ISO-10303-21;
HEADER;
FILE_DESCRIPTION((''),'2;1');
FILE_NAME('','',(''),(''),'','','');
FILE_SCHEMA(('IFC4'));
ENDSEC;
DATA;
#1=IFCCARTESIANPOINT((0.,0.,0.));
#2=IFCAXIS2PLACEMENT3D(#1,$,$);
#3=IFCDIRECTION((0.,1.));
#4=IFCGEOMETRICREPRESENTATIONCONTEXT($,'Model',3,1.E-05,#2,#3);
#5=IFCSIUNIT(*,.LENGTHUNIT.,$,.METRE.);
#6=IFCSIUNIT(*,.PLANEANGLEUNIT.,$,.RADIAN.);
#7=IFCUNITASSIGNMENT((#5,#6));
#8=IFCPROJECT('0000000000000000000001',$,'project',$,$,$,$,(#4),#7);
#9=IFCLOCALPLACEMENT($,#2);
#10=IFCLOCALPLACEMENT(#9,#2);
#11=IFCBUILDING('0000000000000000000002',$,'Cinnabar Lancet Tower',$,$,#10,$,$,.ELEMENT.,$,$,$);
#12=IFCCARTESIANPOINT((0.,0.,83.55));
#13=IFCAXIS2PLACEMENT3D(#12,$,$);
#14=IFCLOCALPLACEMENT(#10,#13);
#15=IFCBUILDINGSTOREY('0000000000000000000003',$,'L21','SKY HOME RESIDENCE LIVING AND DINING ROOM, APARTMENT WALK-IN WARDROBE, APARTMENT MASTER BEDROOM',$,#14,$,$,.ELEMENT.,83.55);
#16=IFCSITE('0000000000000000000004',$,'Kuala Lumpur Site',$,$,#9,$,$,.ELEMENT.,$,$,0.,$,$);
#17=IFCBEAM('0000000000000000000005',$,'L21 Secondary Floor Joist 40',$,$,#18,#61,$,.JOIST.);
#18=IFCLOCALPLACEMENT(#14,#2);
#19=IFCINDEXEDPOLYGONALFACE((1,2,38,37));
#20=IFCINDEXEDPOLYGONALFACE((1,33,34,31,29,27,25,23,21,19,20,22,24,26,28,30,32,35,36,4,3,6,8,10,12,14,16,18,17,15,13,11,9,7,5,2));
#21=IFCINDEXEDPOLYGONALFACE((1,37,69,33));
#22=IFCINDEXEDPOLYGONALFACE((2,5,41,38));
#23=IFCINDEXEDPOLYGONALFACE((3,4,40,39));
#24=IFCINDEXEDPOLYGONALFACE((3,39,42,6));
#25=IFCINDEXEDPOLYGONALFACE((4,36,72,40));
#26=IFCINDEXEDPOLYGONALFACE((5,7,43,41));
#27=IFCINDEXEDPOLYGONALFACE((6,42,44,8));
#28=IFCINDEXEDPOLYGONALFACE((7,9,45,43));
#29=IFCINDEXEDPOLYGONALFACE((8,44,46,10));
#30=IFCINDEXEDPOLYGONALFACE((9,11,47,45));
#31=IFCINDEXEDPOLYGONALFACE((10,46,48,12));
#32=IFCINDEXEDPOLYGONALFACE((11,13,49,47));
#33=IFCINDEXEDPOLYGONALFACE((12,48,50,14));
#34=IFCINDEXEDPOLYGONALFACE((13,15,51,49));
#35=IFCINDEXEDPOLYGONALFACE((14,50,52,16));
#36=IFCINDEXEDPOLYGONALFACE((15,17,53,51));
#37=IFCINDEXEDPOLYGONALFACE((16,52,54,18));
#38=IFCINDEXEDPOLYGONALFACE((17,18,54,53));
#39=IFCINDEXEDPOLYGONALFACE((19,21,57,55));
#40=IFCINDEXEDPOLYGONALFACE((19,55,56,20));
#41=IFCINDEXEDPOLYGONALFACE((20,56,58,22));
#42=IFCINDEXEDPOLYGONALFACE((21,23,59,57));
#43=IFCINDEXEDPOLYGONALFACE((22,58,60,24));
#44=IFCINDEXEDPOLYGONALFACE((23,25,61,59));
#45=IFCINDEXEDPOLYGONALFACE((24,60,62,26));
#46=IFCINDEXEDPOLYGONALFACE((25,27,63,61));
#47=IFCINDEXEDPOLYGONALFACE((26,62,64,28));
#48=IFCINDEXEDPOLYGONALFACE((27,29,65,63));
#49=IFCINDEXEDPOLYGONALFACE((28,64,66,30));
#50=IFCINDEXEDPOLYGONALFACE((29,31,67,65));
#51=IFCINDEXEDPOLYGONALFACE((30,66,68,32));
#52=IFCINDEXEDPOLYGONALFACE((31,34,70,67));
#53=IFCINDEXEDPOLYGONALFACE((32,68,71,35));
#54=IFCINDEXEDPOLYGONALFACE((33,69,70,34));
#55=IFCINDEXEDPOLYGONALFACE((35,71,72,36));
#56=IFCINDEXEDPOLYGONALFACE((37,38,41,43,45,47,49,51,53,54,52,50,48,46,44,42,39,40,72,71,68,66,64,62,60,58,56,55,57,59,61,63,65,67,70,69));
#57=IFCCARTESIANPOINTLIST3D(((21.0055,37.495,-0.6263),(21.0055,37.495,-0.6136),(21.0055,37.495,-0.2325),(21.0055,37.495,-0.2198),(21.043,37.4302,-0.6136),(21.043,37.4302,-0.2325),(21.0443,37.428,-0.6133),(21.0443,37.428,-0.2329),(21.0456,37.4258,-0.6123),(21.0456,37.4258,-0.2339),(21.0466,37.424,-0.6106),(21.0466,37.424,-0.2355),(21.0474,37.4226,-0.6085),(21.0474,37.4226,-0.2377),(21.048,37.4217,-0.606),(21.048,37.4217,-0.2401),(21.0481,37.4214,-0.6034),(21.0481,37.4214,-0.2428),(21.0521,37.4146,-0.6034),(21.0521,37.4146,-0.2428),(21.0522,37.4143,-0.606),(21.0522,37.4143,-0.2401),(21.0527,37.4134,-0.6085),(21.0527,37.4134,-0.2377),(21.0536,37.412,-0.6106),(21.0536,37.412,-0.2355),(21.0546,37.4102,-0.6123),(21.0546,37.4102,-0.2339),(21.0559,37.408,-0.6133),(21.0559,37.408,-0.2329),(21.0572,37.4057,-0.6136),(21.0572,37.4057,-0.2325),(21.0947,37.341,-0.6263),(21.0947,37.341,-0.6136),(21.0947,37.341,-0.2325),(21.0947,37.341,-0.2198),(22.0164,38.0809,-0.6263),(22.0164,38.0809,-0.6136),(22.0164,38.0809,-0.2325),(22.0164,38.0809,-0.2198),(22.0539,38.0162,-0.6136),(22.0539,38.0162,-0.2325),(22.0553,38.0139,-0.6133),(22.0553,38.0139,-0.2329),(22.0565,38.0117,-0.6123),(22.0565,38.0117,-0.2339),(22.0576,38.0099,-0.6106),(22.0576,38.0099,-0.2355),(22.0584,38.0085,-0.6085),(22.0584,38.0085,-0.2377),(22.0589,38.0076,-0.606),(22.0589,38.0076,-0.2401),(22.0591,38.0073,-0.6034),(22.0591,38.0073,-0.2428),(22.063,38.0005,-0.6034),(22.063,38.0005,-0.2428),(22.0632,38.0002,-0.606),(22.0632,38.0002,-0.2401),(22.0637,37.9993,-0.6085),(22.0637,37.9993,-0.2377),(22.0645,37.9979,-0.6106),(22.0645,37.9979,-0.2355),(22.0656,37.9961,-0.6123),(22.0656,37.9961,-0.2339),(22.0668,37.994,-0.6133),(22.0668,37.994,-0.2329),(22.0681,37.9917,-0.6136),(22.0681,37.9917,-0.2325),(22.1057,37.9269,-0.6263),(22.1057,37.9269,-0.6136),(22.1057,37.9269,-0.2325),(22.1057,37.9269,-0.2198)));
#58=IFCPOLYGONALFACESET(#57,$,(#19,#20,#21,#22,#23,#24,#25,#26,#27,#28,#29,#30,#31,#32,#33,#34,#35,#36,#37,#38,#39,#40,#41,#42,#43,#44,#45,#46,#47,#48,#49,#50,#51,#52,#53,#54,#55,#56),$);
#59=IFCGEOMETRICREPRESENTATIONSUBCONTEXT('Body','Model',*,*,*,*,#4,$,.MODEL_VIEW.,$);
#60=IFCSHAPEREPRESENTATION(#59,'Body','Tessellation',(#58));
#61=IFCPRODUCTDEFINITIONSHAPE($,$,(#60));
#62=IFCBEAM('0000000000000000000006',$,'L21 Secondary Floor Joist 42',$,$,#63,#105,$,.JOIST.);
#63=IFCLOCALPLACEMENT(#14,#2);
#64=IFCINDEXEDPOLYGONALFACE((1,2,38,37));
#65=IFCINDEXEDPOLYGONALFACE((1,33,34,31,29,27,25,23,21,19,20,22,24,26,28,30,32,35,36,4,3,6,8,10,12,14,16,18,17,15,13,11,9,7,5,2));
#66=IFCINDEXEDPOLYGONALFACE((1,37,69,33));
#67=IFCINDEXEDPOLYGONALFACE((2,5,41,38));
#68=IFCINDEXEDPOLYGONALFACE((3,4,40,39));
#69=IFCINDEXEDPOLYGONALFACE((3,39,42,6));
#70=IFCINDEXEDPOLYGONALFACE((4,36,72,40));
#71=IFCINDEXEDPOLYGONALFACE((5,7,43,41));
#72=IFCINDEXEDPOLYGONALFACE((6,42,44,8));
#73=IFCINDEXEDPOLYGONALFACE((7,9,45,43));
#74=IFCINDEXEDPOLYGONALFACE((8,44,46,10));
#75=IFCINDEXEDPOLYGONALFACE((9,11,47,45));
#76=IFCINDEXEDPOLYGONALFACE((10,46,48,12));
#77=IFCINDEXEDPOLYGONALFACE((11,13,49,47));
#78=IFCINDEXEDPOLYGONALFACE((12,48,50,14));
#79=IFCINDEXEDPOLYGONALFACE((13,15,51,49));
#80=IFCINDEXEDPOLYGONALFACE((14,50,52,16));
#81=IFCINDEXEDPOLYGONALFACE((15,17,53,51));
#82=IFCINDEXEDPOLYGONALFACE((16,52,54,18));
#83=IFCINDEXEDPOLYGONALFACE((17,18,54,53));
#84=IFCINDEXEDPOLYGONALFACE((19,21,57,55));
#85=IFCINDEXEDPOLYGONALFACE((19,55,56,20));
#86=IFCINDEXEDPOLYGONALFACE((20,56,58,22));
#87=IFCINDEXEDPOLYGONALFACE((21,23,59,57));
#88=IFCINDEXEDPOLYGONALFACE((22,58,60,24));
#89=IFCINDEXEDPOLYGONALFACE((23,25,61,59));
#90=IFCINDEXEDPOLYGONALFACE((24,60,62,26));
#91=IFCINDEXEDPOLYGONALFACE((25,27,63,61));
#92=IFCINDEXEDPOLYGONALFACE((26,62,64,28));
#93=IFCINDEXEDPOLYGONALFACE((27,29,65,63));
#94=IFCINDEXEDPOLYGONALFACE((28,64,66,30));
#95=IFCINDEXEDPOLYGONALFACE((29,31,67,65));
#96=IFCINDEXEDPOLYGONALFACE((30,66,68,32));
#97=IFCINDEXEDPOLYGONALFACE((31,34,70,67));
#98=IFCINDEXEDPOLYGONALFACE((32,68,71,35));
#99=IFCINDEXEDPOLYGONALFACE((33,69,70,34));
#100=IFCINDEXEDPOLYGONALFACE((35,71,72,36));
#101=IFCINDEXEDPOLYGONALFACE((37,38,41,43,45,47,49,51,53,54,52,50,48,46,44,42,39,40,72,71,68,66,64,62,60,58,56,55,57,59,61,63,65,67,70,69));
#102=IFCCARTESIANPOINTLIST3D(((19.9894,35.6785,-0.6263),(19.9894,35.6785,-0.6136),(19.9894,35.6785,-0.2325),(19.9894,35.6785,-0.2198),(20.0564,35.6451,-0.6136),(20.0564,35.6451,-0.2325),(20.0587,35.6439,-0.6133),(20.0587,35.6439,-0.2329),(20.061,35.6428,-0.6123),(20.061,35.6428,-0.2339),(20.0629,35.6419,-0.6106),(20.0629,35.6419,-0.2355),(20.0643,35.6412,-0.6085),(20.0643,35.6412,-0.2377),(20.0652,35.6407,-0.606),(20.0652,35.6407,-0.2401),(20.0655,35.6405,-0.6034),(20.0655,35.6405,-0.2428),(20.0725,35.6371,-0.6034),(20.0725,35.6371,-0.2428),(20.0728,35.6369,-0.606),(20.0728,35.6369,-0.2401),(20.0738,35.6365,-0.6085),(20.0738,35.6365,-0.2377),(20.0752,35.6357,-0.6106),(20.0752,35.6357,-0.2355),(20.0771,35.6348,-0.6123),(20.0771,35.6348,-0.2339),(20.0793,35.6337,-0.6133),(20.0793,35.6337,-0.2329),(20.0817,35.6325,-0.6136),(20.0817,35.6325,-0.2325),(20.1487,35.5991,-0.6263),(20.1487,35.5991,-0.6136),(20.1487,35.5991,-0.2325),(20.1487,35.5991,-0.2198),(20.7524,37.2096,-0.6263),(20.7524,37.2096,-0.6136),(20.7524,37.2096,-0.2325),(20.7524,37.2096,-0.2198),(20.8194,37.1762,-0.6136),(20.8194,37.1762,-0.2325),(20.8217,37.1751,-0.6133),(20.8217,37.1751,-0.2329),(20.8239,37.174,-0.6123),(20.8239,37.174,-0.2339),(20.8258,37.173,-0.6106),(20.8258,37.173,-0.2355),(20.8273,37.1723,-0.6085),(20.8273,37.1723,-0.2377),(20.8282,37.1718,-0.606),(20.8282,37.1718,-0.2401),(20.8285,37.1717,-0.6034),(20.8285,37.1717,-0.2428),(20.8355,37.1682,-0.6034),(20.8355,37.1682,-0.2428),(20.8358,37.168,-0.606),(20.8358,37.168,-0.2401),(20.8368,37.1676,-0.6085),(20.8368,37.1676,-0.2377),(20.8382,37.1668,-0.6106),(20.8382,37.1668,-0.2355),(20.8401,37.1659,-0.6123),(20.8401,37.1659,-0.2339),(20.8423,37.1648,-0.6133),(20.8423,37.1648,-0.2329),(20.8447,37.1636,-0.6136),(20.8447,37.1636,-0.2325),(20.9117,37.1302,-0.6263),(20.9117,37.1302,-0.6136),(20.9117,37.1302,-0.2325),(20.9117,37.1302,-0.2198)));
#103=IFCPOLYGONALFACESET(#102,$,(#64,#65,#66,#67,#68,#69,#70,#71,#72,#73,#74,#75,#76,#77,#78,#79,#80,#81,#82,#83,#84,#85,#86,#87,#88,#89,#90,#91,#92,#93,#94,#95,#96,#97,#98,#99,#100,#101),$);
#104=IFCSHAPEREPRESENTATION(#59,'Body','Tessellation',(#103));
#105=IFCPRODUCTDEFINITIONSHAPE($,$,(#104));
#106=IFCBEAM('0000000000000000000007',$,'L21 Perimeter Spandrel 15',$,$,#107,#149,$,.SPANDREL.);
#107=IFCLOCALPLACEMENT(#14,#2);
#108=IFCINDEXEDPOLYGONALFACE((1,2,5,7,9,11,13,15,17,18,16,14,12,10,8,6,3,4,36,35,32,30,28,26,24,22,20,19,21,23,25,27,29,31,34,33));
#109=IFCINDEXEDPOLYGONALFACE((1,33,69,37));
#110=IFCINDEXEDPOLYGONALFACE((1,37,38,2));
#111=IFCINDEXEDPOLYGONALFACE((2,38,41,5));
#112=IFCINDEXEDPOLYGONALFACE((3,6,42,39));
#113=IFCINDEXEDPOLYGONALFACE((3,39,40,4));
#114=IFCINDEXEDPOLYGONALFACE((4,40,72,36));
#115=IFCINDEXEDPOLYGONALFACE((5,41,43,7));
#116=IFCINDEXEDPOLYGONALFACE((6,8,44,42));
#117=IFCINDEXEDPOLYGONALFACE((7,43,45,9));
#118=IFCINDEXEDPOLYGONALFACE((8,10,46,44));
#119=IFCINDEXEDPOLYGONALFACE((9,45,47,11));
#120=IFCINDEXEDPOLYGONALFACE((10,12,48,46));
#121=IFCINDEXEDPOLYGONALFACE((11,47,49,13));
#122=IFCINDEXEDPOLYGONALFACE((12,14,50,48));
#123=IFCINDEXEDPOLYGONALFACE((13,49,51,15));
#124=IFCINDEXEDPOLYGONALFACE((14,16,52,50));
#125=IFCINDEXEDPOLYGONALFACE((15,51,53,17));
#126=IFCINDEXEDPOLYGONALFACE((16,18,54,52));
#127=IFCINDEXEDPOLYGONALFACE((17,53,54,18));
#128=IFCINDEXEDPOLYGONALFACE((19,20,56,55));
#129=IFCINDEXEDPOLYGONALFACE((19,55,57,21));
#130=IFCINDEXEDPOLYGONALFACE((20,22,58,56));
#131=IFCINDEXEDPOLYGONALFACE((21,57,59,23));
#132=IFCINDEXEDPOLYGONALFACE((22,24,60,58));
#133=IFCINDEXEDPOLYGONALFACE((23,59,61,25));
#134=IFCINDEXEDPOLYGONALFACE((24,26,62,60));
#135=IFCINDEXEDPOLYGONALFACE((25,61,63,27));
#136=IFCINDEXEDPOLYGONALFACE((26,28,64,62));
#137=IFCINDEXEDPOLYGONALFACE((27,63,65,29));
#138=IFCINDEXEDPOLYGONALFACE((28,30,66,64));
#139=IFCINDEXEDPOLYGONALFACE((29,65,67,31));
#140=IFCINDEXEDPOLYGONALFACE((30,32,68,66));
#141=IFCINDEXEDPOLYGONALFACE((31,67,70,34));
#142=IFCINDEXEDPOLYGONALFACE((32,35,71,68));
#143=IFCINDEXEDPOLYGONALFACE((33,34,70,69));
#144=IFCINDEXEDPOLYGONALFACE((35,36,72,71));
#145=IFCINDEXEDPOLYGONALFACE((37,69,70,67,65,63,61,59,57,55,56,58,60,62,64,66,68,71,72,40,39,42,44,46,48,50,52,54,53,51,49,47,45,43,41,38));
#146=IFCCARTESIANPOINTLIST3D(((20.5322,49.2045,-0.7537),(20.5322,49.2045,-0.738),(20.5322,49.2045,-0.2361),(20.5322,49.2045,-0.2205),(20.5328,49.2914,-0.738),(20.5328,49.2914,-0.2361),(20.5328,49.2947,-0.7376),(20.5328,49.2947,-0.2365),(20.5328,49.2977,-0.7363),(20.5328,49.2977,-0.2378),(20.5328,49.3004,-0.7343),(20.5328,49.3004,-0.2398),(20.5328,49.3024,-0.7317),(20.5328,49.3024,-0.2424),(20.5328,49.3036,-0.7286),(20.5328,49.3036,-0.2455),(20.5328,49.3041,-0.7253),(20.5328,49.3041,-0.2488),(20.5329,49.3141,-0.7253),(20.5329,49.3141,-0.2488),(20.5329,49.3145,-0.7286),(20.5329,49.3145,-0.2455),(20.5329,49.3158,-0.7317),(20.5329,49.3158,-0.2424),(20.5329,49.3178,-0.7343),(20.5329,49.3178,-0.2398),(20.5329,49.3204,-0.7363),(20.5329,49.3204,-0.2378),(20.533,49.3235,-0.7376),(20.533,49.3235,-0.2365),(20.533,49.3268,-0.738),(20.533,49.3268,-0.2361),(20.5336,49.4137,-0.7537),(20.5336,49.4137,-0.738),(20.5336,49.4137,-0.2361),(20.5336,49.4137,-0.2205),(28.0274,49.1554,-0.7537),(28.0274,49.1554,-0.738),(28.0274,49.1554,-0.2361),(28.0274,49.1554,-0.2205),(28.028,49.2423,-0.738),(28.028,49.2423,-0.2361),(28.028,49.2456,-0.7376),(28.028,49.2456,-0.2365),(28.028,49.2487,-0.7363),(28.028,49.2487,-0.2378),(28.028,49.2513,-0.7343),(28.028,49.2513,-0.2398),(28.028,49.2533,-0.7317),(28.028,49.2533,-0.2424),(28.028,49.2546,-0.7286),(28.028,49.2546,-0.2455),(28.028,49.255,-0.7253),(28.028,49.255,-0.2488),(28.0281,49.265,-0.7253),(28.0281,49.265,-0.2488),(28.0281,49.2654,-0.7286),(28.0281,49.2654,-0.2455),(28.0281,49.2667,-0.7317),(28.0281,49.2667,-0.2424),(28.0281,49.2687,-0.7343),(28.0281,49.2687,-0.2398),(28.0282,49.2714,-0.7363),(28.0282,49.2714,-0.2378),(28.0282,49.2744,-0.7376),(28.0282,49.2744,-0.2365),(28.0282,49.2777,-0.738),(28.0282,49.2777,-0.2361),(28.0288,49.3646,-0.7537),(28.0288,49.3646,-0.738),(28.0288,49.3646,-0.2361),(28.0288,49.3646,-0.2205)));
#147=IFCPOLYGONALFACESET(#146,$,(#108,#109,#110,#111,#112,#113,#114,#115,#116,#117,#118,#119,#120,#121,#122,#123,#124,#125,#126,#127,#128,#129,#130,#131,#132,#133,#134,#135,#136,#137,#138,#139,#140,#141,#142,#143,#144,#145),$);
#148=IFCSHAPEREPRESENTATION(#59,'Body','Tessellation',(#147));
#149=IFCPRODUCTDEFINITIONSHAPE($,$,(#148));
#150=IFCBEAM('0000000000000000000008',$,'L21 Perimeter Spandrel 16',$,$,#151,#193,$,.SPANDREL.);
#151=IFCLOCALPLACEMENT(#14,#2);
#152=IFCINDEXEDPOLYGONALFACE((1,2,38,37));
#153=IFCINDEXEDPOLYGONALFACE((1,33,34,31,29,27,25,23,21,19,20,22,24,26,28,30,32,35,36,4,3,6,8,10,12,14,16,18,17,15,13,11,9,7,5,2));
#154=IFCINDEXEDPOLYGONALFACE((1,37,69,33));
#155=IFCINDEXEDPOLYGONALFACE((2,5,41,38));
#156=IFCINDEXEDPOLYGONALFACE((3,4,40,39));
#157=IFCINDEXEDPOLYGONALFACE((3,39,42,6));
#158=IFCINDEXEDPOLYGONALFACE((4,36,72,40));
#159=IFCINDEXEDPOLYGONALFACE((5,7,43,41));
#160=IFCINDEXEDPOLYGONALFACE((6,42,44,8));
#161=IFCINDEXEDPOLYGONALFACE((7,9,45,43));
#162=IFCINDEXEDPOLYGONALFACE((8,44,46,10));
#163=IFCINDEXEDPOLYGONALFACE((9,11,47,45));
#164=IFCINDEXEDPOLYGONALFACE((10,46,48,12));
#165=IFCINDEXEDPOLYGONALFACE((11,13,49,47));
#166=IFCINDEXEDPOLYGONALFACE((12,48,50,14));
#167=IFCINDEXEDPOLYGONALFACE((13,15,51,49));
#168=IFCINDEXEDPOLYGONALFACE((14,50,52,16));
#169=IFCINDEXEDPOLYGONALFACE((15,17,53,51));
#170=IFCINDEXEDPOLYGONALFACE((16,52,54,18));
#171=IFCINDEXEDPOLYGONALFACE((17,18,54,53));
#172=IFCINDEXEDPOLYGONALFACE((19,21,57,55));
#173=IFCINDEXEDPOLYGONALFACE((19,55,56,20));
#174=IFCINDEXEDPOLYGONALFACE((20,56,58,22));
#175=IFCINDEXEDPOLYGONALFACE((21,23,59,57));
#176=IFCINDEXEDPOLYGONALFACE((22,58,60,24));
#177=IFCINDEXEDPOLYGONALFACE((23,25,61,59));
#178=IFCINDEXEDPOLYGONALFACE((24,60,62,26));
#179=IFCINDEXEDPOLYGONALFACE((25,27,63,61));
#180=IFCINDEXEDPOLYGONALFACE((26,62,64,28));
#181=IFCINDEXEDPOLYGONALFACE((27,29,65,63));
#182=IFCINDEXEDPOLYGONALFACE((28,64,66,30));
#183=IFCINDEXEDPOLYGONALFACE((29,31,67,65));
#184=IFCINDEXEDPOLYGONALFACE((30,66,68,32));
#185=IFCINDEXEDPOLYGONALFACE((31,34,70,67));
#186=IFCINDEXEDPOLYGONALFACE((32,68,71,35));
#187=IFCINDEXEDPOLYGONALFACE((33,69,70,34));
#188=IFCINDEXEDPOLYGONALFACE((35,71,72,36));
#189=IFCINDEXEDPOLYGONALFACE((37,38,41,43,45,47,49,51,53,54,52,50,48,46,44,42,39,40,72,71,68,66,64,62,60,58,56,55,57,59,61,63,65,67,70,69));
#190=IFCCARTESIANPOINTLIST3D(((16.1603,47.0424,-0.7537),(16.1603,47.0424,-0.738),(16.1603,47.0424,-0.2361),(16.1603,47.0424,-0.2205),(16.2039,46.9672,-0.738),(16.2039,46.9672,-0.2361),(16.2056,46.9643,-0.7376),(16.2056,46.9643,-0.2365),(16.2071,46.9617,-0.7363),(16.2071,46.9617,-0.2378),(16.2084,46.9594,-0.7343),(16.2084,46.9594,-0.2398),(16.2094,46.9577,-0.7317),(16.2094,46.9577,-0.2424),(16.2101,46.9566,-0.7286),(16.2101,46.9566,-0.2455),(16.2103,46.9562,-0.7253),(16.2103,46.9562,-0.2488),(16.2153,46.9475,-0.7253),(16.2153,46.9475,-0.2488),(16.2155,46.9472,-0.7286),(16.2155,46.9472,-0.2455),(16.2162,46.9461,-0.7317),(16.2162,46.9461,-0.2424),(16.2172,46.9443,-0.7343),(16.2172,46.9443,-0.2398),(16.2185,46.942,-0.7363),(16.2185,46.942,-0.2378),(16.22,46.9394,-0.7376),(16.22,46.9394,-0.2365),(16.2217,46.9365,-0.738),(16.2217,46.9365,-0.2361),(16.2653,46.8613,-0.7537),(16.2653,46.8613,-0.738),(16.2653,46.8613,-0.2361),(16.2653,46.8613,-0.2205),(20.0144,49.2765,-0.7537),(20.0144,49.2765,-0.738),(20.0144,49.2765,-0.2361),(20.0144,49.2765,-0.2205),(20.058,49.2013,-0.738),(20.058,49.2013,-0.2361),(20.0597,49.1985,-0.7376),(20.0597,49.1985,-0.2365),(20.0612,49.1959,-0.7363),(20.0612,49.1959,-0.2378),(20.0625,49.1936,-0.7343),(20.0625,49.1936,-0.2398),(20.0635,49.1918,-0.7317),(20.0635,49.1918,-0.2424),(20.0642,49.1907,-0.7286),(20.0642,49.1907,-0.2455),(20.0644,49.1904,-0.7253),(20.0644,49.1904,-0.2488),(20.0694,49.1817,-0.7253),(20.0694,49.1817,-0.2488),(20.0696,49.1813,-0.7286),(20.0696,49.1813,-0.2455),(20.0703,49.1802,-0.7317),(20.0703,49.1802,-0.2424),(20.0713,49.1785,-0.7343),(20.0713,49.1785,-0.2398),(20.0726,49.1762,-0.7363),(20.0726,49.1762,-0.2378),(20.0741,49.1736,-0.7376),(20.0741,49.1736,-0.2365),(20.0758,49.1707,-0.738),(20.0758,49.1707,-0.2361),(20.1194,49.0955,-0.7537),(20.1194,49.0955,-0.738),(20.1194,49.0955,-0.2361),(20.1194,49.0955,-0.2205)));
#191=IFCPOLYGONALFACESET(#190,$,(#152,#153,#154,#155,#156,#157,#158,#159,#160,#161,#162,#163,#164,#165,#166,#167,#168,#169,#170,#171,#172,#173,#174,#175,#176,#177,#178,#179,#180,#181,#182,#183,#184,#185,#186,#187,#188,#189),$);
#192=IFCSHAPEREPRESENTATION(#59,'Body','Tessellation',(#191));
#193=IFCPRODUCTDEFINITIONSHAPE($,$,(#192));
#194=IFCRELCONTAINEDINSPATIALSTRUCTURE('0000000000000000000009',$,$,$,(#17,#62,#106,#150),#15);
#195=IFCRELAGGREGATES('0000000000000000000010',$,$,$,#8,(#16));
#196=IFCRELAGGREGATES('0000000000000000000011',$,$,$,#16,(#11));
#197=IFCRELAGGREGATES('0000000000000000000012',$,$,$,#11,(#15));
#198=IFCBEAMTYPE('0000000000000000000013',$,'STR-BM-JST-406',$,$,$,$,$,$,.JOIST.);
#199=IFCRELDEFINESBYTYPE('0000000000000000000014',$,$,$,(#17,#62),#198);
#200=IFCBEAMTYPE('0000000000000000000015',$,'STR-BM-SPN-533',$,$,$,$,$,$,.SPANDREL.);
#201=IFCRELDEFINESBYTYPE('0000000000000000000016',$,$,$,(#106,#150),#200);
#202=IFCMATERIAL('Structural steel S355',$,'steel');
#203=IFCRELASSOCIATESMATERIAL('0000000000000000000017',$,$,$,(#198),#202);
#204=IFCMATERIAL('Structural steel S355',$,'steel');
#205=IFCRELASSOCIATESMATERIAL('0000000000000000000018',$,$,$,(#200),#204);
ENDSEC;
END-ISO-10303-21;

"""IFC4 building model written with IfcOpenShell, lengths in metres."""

from ifc_helpers import new_model, si_unit, direction, frame, origin, origin_2d, place, context, subcontext, project, spatial, i_section, extrude, material, material_profile, profile_set, type_object, element, save


model = new_model("IFC4")

# Units and contexts
model_context = context("Model", 3, precision=1e-05, world=origin(), true_north=direction((0.0, 1.0)))
body_context = subcontext(model_context, "Body", "Model", "MODEL_VIEW")
ifc_project = project(units=[si_unit("LENGTHUNIT", "METRE"), si_unit("PLANEANGLEUNIT", "RADIAN")], contexts=[model_context])

# Site, building, storey
site_placement = place(None, origin())
site = spatial("IfcSite", under=ifc_project, at=site_placement, Name="Kuala Lumpur Site", CompositionType="ELEMENT", RefElevation=0.0)
building_placement = place(site_placement, origin())
building = spatial("IfcBuilding", under=site, at=building_placement, Name="Cinnabar Lancet Tower", CompositionType="ELEMENT")
storey_placement = place(building_placement, frame((0.0, 0.0, 83.55)))
storey = spatial("IfcBuildingStorey", under=building, at=storey_placement, Name="L21", Description="SKY HOME RESIDENCE LIVING AND DINING ROOM, APARTMENT WALK-IN WARDROBE, APARTMENT MASTER BEDROOM", CompositionType="ELEMENT", Elevation=83.55)

# Beams
ifc_material_1 = material(Name="Structural steel S355", Category="steel")
ifc_material_profile_1 = material_profile(ifc_material_1, i_section(OverallWidth=0.178, OverallDepth=0.4065, WebThickness=0.0078, FlangeThickness=0.0127, FilletRadius=0.0103, at=origin_2d()), Name="UKB 406x178x60")
ifc_profile_set_1 = profile_set([ifc_material_profile_1], Name="Structural steel S355")
beam_type_1 = type_object("IfcBeamType", Name="STR-BM-JST-406", PredefinedType="JOIST", material=ifc_profile_set_1)
beam_1_placement = place(storey_placement, frame((22.061, 38.0039, -0.4231), z_axis=(-0.865193, -0.50144, 0.0), x_axis=(0.50144, -0.865193, 0.0)))
element("IfcBeam", 1, at=beam_1_placement, inside=storey, type_object=beam_type_1, Name="L21 Secondary Floor Joist 40", PredefinedType="JOIST", context=body_context, shape_type="SweptSolid", body=[
    extrude(i_section(OverallWidth=0.178, OverallDepth=0.4065, WebThickness=0.0078, FlangeThickness=0.0127, FilletRadius=0.0103, at=origin_2d()), origin(), (0.0, 0.0, 1.0), 1.1685),
])
beam_2_placement = place(storey_placement, frame((20.832, 37.1699, -0.4231), z_axis=(-0.446014, -0.895026, 0.0), x_axis=(0.895026, -0.446014, 0.0)))
element("IfcBeam", 2, at=beam_2_placement, inside=storey, type_object=beam_type_1, Name="L21 Secondary Floor Joist 42", PredefinedType="JOIST", context=body_context, shape_type="SweptSolid", body=[
    extrude(i_section(OverallWidth=0.178, OverallDepth=0.4065, WebThickness=0.0078, FlangeThickness=0.0127, FilletRadius=0.0103, at=origin_2d()), origin(), (0.0, 0.0, 1.0), 1.7107),
])
ifc_material_2 = material(Name="Structural steel S355", Category="steel")
ifc_material_profile_2 = material_profile(ifc_material_2, i_section(OverallWidth=0.2092, OverallDepth=0.5332, WebThickness=0.01, FlangeThickness=0.0156, FilletRadius=0.0127, at=origin_2d()), Name="UKB 533x210x92")
ifc_profile_set_2 = profile_set([ifc_material_profile_2], Name="Structural steel S355")
beam_type_2 = type_object("IfcBeamType", Name="STR-BM-SPN-533", PredefinedType="SPANDREL", material=ifc_profile_set_2)
beam_3_placement = place(storey_placement, frame((28.0281, 49.26, -0.4871), z_axis=(-0.999979, 0.006547, 0.0), x_axis=(-0.006547, -0.999979, 0.0)))
element("IfcBeam", 3, at=beam_3_placement, inside=storey, type_object=beam_type_2, Name="L21 Perimeter Spandrel 15", PredefinedType="SPANDREL", context=body_context, shape_type="SweptSolid", body=[
    extrude(i_section(OverallWidth=0.2092, OverallDepth=0.5332, WebThickness=0.01, FlangeThickness=0.0156, FilletRadius=0.0127, at=origin_2d()), origin(), (0.0, 0.0, 1.0), 7.4954),
])
beam_4_placement = place(storey_placement, frame((20.0669, 49.186, -0.4871), z_axis=(-0.865147, -0.501518, 0.0), x_axis=(0.501518, -0.865147, 0.0)))
element("IfcBeam", 4, at=beam_4_placement, inside=storey, type_object=beam_type_2, Name="L21 Perimeter Spandrel 16", PredefinedType="SPANDREL", context=body_context, shape_type="SweptSolid", body=[
    extrude(i_section(OverallWidth=0.2092, OverallDepth=0.5332, WebThickness=0.01, FlangeThickness=0.0156, FilletRadius=0.0127, at=origin_2d()), origin(), (0.0, 0.0, 1.0), 4.4548),
])

save(model, "model.ifc")
